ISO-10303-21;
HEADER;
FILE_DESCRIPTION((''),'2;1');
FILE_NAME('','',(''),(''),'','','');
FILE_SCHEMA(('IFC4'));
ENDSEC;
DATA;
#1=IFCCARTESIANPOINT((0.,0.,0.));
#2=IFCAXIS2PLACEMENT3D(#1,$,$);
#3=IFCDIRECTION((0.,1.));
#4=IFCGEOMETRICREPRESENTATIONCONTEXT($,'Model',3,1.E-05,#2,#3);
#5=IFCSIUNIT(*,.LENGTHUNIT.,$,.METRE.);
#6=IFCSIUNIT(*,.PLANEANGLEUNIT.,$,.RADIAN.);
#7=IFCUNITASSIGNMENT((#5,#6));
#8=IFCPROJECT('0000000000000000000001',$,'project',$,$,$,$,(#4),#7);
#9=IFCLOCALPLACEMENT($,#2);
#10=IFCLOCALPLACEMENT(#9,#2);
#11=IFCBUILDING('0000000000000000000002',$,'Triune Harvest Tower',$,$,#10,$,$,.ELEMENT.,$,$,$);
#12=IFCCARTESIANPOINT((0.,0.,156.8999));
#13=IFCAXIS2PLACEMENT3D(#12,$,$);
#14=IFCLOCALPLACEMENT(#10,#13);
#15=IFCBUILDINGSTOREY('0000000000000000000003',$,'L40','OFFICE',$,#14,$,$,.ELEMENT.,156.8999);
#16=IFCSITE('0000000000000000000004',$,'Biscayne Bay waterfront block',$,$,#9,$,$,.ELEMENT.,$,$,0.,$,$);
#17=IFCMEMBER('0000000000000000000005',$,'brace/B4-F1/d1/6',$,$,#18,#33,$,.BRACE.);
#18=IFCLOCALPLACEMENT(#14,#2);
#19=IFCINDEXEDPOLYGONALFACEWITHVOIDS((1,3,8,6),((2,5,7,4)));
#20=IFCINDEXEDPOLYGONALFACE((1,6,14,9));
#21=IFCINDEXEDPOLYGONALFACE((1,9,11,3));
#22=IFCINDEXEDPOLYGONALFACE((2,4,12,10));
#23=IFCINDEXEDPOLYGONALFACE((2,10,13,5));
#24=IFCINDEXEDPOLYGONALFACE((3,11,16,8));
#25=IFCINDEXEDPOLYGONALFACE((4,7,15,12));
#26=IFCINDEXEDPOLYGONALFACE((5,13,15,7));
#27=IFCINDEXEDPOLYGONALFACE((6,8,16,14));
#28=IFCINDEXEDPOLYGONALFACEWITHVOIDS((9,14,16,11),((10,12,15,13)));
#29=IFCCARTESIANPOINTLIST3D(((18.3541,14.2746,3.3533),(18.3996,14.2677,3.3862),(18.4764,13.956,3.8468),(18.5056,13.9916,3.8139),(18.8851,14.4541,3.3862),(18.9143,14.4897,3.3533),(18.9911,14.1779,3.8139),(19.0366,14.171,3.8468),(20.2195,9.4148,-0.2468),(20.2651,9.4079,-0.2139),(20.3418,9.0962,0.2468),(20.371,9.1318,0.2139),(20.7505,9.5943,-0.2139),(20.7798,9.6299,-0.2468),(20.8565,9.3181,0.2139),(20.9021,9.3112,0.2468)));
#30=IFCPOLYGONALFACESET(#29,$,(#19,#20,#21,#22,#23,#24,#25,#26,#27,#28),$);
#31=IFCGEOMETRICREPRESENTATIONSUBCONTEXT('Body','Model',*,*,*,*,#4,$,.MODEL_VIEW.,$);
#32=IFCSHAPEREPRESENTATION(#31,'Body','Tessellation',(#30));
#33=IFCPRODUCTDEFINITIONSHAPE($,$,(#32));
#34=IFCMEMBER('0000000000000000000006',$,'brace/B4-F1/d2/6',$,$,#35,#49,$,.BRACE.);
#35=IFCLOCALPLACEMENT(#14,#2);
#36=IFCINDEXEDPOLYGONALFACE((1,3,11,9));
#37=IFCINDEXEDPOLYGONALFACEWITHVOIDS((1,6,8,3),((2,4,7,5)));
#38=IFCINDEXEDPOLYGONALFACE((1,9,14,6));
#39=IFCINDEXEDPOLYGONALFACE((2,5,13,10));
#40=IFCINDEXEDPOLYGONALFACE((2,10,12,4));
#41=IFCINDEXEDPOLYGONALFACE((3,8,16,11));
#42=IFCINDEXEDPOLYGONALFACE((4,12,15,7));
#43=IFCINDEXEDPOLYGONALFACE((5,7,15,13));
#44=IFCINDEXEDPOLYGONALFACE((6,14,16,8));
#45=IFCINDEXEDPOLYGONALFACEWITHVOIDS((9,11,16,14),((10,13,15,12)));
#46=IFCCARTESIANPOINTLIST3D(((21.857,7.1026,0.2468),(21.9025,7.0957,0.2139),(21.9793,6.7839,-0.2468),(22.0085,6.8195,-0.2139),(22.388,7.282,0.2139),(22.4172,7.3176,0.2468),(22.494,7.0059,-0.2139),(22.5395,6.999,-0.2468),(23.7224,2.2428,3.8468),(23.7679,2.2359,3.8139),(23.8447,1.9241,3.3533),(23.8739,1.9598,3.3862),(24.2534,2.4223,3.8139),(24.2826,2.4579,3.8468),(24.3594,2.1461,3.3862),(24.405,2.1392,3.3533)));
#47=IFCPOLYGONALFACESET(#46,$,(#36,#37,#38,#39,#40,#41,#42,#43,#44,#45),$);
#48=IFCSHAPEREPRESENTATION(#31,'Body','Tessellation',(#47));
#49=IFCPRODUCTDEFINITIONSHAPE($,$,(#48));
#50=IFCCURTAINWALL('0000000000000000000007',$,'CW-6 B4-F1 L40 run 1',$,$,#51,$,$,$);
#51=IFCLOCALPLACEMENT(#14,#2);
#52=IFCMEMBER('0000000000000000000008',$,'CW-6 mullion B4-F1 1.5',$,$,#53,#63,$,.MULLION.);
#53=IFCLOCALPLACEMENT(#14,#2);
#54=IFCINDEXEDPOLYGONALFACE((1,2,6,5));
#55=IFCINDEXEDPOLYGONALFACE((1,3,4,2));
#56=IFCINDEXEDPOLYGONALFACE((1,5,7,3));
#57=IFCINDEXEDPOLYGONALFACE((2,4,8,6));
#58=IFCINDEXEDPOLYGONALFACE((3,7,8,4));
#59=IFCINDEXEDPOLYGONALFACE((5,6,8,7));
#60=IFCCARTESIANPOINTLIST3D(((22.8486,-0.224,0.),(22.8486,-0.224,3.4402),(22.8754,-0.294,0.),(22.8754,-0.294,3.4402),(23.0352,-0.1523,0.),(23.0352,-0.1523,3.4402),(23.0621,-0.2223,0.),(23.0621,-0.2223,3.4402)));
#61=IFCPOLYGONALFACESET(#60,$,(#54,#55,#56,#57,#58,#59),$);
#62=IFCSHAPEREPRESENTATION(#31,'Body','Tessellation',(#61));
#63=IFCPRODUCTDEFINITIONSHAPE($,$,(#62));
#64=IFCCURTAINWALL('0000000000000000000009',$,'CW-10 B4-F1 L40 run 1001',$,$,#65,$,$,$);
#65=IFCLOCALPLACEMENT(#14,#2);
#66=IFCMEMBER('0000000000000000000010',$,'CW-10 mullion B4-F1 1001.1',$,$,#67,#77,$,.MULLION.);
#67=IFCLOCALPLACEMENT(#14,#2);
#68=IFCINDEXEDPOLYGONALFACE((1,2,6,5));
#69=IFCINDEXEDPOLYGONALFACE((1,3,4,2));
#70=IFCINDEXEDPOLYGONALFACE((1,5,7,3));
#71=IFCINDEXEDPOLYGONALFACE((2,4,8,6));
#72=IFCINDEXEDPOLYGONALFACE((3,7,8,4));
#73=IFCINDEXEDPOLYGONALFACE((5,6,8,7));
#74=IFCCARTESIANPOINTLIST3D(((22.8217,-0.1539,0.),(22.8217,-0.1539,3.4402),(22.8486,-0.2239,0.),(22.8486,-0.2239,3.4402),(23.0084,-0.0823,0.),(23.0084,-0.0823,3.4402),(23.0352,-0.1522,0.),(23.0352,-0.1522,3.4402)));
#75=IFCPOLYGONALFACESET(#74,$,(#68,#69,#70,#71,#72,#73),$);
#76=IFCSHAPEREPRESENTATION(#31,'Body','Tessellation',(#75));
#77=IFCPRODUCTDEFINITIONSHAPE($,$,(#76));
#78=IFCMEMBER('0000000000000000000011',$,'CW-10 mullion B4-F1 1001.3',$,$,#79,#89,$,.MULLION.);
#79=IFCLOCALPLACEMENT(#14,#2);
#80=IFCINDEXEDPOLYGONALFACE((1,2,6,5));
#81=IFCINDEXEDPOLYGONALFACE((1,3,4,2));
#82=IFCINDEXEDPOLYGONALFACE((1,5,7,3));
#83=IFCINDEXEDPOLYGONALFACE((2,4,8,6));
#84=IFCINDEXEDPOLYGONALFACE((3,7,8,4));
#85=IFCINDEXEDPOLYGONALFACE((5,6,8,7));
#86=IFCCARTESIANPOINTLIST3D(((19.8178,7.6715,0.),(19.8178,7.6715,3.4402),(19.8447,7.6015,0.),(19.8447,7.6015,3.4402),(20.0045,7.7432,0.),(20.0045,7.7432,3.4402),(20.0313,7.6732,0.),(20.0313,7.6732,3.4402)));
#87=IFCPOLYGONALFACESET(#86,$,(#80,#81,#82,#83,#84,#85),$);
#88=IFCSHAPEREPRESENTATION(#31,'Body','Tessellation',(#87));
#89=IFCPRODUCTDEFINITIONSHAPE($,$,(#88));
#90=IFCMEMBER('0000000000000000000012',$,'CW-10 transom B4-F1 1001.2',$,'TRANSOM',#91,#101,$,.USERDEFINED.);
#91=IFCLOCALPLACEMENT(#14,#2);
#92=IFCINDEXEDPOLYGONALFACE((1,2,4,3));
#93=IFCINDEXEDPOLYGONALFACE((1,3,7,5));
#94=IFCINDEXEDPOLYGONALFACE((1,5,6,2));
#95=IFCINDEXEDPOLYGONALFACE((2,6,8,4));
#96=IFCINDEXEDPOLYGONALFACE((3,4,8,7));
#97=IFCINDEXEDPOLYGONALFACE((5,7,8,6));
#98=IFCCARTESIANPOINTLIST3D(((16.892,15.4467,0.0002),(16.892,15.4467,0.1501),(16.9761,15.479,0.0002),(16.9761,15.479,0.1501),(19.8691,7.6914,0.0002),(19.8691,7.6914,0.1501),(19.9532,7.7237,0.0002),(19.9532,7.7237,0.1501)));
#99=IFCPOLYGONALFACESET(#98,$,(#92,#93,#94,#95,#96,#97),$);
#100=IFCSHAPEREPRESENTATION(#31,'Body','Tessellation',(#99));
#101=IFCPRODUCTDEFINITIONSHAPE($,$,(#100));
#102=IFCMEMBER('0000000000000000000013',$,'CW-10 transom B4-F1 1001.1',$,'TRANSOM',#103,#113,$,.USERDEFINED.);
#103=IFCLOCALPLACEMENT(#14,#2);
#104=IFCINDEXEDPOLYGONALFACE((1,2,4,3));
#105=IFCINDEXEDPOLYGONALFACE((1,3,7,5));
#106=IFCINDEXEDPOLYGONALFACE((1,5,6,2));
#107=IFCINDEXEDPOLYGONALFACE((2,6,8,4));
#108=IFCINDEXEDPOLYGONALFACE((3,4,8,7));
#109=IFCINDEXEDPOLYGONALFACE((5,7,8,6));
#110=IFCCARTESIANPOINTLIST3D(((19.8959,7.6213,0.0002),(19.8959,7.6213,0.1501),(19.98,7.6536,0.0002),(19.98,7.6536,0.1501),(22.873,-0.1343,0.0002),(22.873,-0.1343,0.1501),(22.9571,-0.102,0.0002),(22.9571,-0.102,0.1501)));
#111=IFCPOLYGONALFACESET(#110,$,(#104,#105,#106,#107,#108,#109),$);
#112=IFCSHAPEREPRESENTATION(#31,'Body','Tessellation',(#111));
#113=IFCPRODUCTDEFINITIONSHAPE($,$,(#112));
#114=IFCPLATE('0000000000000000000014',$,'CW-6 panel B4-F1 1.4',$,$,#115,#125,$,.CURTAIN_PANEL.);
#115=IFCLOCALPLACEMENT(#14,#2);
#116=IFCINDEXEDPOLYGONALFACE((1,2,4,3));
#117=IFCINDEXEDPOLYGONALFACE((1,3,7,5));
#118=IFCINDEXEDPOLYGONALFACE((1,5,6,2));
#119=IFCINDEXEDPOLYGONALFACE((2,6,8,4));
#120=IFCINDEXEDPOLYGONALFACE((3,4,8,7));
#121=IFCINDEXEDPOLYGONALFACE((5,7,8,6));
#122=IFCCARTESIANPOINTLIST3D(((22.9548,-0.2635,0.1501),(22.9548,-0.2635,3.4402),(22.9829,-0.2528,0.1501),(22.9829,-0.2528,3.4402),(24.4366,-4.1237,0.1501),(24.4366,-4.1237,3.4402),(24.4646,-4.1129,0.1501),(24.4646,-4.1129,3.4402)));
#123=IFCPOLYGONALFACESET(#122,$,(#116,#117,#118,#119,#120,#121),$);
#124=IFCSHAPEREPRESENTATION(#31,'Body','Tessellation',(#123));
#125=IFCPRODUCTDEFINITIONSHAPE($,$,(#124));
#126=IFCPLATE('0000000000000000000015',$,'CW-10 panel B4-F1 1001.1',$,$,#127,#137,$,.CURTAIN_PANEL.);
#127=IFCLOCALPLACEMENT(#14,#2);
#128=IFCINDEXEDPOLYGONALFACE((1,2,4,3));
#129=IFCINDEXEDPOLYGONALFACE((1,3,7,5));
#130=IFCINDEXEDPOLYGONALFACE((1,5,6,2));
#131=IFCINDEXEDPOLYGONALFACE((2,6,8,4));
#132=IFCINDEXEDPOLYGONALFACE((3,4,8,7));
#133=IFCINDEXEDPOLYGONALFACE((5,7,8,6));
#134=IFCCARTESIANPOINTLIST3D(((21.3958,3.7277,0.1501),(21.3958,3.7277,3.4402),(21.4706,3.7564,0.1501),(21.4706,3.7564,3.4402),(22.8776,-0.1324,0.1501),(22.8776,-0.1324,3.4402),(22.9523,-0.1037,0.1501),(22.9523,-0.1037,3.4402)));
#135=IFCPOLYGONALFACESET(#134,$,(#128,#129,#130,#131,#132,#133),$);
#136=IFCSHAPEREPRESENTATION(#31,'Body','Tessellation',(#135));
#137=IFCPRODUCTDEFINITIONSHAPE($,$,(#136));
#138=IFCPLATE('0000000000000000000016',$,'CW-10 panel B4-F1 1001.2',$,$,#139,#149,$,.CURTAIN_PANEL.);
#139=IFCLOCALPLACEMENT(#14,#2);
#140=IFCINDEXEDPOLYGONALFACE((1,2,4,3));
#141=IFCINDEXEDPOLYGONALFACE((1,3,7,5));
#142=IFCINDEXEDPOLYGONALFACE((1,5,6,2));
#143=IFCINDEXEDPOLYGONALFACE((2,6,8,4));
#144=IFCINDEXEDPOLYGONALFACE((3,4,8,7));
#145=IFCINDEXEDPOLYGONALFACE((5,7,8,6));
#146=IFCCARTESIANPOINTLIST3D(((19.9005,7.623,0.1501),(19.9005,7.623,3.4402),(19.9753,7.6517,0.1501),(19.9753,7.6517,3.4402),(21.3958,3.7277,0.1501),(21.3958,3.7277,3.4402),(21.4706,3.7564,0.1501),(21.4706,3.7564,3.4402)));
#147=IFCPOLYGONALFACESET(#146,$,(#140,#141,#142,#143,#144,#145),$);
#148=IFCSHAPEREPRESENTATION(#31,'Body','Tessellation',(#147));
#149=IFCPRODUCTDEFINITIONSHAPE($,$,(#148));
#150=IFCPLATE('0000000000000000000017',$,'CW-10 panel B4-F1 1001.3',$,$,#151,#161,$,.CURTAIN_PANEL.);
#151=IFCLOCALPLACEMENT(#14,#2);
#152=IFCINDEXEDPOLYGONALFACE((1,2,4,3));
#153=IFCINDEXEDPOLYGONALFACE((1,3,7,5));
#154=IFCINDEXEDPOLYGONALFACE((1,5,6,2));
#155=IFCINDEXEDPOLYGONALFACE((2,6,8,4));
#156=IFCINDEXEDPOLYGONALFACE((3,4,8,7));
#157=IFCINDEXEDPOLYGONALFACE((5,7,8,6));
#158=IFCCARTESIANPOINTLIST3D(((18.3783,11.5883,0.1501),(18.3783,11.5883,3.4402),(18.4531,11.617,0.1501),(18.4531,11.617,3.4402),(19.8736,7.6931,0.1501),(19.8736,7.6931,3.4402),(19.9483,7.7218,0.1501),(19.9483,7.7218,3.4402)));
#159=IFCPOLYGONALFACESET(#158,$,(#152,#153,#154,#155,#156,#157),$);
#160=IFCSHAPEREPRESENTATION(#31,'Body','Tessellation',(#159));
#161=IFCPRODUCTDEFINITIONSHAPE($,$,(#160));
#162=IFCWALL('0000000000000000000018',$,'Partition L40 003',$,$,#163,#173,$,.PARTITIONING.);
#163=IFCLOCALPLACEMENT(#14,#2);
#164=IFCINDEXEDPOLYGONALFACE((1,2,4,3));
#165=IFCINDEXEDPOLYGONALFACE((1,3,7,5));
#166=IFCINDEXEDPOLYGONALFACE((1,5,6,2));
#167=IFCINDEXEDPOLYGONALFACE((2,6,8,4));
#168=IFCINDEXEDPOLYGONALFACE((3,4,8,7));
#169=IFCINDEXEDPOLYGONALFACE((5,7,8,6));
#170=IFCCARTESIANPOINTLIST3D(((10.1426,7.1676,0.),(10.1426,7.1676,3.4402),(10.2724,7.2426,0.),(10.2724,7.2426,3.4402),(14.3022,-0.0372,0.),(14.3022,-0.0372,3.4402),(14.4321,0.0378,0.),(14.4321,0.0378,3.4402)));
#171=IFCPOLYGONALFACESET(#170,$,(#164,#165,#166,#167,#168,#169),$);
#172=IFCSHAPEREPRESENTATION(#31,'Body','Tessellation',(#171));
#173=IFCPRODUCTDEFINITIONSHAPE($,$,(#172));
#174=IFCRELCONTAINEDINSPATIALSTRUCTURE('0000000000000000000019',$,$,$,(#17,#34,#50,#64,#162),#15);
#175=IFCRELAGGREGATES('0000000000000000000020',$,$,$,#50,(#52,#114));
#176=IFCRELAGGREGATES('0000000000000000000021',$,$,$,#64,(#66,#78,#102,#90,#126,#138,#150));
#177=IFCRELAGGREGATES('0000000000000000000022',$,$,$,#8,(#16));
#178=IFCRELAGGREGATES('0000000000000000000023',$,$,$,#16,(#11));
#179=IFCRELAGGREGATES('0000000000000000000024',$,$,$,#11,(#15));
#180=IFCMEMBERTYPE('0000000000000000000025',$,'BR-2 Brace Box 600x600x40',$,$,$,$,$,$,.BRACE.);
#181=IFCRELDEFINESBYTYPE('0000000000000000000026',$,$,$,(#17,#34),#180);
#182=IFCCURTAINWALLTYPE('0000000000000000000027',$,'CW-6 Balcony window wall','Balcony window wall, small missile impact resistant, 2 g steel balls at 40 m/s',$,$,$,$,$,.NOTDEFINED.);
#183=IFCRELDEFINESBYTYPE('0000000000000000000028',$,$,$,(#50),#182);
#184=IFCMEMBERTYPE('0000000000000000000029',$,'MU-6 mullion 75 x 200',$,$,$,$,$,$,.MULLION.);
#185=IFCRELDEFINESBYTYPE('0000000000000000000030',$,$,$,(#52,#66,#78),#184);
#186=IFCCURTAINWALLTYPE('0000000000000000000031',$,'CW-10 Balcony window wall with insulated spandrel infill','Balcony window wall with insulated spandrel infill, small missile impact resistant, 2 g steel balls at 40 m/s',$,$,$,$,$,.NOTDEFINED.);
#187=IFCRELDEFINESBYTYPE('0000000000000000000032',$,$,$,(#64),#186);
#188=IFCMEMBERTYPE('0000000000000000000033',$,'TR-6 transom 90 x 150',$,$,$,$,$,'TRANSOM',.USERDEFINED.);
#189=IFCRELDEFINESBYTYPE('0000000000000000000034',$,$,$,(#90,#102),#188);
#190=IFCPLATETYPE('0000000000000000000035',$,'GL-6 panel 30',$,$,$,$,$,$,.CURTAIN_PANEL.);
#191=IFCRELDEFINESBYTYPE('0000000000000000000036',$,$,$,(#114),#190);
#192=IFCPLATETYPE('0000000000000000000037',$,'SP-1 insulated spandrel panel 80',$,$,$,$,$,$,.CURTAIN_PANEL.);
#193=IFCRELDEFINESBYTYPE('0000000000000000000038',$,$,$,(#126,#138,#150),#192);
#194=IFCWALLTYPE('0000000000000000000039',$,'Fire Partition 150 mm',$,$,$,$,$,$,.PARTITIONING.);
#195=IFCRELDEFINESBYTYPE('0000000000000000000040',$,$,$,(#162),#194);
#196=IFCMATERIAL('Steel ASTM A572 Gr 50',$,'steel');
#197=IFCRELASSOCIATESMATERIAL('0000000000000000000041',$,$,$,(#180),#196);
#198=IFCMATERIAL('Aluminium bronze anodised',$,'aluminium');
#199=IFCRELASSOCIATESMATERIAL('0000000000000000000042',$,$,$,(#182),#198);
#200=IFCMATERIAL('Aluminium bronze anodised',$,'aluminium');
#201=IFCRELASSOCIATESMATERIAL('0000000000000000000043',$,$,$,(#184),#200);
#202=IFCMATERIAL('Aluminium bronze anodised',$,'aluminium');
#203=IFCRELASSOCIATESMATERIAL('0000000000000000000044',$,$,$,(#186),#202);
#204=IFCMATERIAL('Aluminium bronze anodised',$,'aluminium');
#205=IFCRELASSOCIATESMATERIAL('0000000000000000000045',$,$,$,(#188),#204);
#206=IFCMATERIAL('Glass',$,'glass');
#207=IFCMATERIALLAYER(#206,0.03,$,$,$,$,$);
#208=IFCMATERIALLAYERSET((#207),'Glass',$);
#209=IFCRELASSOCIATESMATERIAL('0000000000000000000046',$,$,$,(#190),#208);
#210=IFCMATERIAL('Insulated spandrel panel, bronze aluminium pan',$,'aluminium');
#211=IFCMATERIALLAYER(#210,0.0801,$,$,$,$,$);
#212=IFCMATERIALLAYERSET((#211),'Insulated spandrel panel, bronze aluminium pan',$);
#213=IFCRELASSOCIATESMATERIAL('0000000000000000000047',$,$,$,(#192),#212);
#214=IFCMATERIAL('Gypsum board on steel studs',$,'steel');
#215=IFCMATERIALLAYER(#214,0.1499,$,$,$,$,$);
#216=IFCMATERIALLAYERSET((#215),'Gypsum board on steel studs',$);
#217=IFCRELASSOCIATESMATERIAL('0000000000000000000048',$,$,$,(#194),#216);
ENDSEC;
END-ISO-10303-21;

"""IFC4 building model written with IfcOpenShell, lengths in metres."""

from ifc_helpers import new_model, si_unit, direction, frame, frame_2d, origin, origin_2d, place, context, subcontext, project, spatial, rectangle, hollow_rectangle, extrude, source, transform, mapped, material, layer, layer_set, material_profile, profile_set, type_object, element, aggregate, save


model = new_model("IFC4")

# Units and contexts
model_context = context("Model", 3, precision=1e-05, world=origin(), true_north=direction((0.0, 1.0)))
body_context = subcontext(model_context, "Body", "Model", "MODEL_VIEW")
ifc_project = project(units=[si_unit("LENGTHUNIT", "METRE"), si_unit("PLANEANGLEUNIT", "RADIAN")], contexts=[model_context])

# Site, building, storey
site_placement = place(None, origin())
site = spatial("IfcSite", under=ifc_project, at=site_placement, Name="Biscayne Bay waterfront block", CompositionType="ELEMENT", RefElevation=0.0)
building_placement = place(site_placement, origin())
building = spatial("IfcBuilding", under=site, at=building_placement, Name="Triune Harvest Tower", CompositionType="ELEMENT")
storey_placement = place(building_placement, frame((0.0, 0.0, 156.8999)))
storey = spatial("IfcBuildingStorey", under=building, at=storey_placement, Name="L40", Description="OFFICE", CompositionType="ELEMENT", Elevation=156.8999)

# Members
ifc_material_1 = material(Name="Steel ASTM A572 Gr 50", Category="steel")
ifc_material_profile_1 = material_profile(ifc_material_1, hollow_rectangle(XDim=0.6001, YDim=0.6001, WallThickness=0.04, at=origin_2d()), Name="Box 600x600x40")
ifc_profile_set_1 = profile_set([ifc_material_profile_1], Name="Steel ASTM A572 Gr 50")
member_type_1 = type_object("IfcMemberType", Name="BR-2 Brace Box 600x600x40", PredefinedType="BRACE", material=ifc_profile_set_1)
shared_shape_1 = source(origin(), body_context, "Body", "SweptSolid", [
    extrude(hollow_rectangle(XDim=0.6001, YDim=0.6001, WallThickness=0.04, at=origin_2d()), origin(), (0.0, 0.0, 1.0), 6.3291),
])
for number, where, z_axis, x_axis, name in (
    (1, (20.5608, 9.363, 0.0), (-0.294741, 0.767846, 0.568806), (-0.933584, -0.35836, 0.0), "brace/B4-F1/d1/6"),
    (2, (22.1982, 7.0508, 0.0), (0.294741, -0.767846, 0.568806), (0.933584, 0.35836, 0.0), "brace/B4-F1/d2/6"),
):
    element("IfcMember", number, at=place(storey_placement, frame(where, z_axis=z_axis, x_axis=x_axis)), inside=storey, type_object=member_type_1, Name=name, PredefinedType="BRACE", context=body_context, shape_type="MappedRepresentation", body=[
        mapped(shared_shape_1, transform((0.0, 0.0, 0.0), scale=1.0)),
    ])

# Curtain wall, member
ifc_material_2 = material(Name="Aluminium bronze anodised", Category="aluminium")
curtain_wall_type_1 = type_object("IfcCurtainWallType", Name="CW-6 Balcony window wall", Description="Balcony window wall, small missile impact resistant, 2 g steel balls at 40 m/s", PredefinedType="NOTDEFINED", material=ifc_material_2)
curtain_wall_1_placement = place(storey_placement, origin())
curtain_wall_1 = element("IfcCurtainWall", 3, at=curtain_wall_1_placement, inside=storey, type_object=curtain_wall_type_1, Name="CW-6 B4-F1 L40 run 1")
ifc_material_3 = material(Name="Aluminium bronze anodised", Category="aluminium")
ifc_material_profile_2 = material_profile(ifc_material_3, rectangle(XDim=0.2, YDim=0.075, at=origin_2d()), Name="MU-6 mullion 75 x 200")
ifc_profile_set_2 = profile_set([ifc_material_profile_2], Name="Aluminium bronze anodised")
member_type_2 = type_object("IfcMemberType", Name="MU-6 mullion 75 x 200", PredefinedType="MULLION", material=ifc_profile_set_2)
shared_shape_2 = source(origin(), body_context, "Body", "SweptSolid", [
    extrude(rectangle(XDim=0.2, YDim=0.075, at=origin_2d()), origin(), (0.0, 0.0, 1.0), 3.4402),
])
member_1_placement = place(storey_placement, frame((22.9553, -0.2231, 0.0), z_axis=(0.0, 0.0, 1.0), x_axis=(-0.933581, -0.358367, 0.0)))
member_1 = element("IfcMember", 4, at=member_1_placement, type_object=member_type_2, Name="CW-6 mullion B4-F1 1.5", PredefinedType="MULLION", context=body_context, shape_type="MappedRepresentation", body=[
    mapped(shared_shape_2, transform((0.0, 0.0, 0.0), scale=1.0)),
])

# Curtain wall, members
ifc_material_4 = material(Name="Aluminium bronze anodised", Category="aluminium")
curtain_wall_type_2 = type_object("IfcCurtainWallType", Name="CW-10 Balcony window wall with insulated spandrel infill", Description="Balcony window wall with insulated spandrel infill, small missile impact resistant, 2 g steel balls at 40 m/s", PredefinedType="NOTDEFINED", material=ifc_material_4)
curtain_wall_2_placement = place(storey_placement, origin())
curtain_wall_2 = element("IfcCurtainWall", 5, at=curtain_wall_2_placement, inside=storey, type_object=curtain_wall_type_2, Name="CW-10 B4-F1 L40 run 1001")
member_2_placement = place(storey_placement, frame((22.9285, -0.1531, 0.0), z_axis=(0.0, 0.0, 1.0), x_axis=(-0.933579, -0.358371, 0.0)))
member_2 = element("IfcMember", 6, at=member_2_placement, type_object=member_type_2, Name="CW-10 mullion B4-F1 1001.1", PredefinedType="MULLION", context=body_context, shape_type="MappedRepresentation", body=[
    mapped(shared_shape_2, transform((0.0, 0.0, 0.0), scale=1.0)),
])
member_3_placement = place(storey_placement, frame((19.9246, 7.6724, 0.0), z_axis=(0.0, 0.0, 1.0), x_axis=(-0.933579, -0.358371, 0.0)))
member_3 = element("IfcMember", 7, at=member_3_placement, type_object=member_type_2, Name="CW-10 mullion B4-F1 1001.3", PredefinedType="MULLION", context=body_context, shape_type="MappedRepresentation", body=[
    mapped(shared_shape_2, transform((0.0, 0.0, 0.0), scale=1.0)),
])
ifc_material_5 = material(Name="Aluminium bronze anodised", Category="aluminium")
ifc_material_profile_3 = material_profile(ifc_material_5, rectangle(XDim=0.0901, YDim=0.1499, at=origin_2d()), Name="TR-6 transom 90 x 150")
ifc_profile_set_3 = profile_set([ifc_material_profile_3], Name="Aluminium bronze anodised")
member_type_3 = type_object("IfcMemberType", Name="TR-6 transom 90 x 150", ElementType="TRANSOM", PredefinedType="USERDEFINED", material=ifc_profile_set_3)
shared_shape_3 = source(origin(), body_context, "Body", "SweptSolid", [
    extrude(rectangle(XDim=0.0901, YDim=0.1499, at=origin_2d()), origin(), (0.0, 0.0, 1.0), 8.3071),
])
member_4_placement = place(storey_placement, frame((19.9111, 7.7075, 0.0752), z_axis=(-0.358372, 0.933579, 0.0), x_axis=(-0.933579, -0.358372, 0.0)))
member_4 = element("IfcMember", 8, at=member_4_placement, type_object=member_type_3, Name="CW-10 transom B4-F1 1001.2", ObjectType="TRANSOM", PredefinedType="USERDEFINED", context=body_context, shape_type="MappedRepresentation", body=[
    mapped(shared_shape_3, transform((0.0, 0.0, 0.0), scale=1.0)),
])
shared_shape_4 = source(origin(), body_context, "Body", "SweptSolid", [
    extrude(rectangle(XDim=0.0901, YDim=0.1499, at=origin_2d()), origin(), (0.0, 0.0, 1.0), 8.3074),
])
member_5_placement = place(storey_placement, frame((22.915, -0.1182, 0.0752), z_axis=(-0.358363, 0.933582, 0.0), x_axis=(-0.933582, -0.358363, 0.0)))
member_5 = element("IfcMember", 9, at=member_5_placement, type_object=member_type_3, Name="CW-10 transom B4-F1 1001.1", ObjectType="TRANSOM", PredefinedType="USERDEFINED", context=body_context, shape_type="MappedRepresentation", body=[
    mapped(shared_shape_4, transform((0.0, 0.0, 0.0), scale=1.0)),
])

# Plates
ifc_material_6 = material(Name="Glass", Category="glass")
ifc_layer_1 = layer(ifc_material_6, 0.03)
ifc_layer_set_1 = layer_set([ifc_layer_1], Name="Glass")
plate_type_1 = type_object("IfcPlateType", Name="GL-6 panel 30", PredefinedType="CURTAIN_PANEL", material=ifc_layer_set_1)
shared_shape_5 = source(origin(), body_context, "Body", "SweptSolid", [
    extrude(rectangle(XDim=4.1348, YDim=0.03, at=origin_2d()), origin(), (0.0, 0.0, 1.0), 3.29),
])
plate_1_placement = place(storey_placement, frame((23.7097, -2.1882, 0.1501), z_axis=(0.0, 0.0, 1.0), x_axis=(-0.358367, 0.933581, 0.0)))
plate_1 = element("IfcPlate", 10, at=plate_1_placement, type_object=plate_type_1, Name="CW-6 panel B4-F1 1.4", PredefinedType="CURTAIN_PANEL", context=body_context, shape_type="MappedRepresentation", body=[
    mapped(shared_shape_5, transform((0.0, 0.0, 0.0), scale=1.0)),
])
aggregate(curtain_wall_1, [member_1, plate_1])
ifc_material_7 = material(Name="Insulated spandrel panel, bronze aluminium pan", Category="aluminium")
ifc_layer_2 = layer(ifc_material_7, 0.0801)
ifc_layer_set_2 = layer_set([ifc_layer_2], Name="Insulated spandrel panel, bronze aluminium pan")
plate_type_2 = type_object("IfcPlateType", Name="SP-1 insulated spandrel panel 80", PredefinedType="CURTAIN_PANEL", material=ifc_layer_set_2)
shared_shape_6 = source(origin(), body_context, "Body", "SweptSolid", [
    extrude(rectangle(XDim=4.1348, YDim=0.0801, at=origin_2d()), origin(), (0.0, 0.0, 1.0), 3.29),
])
plate_2_placement = place(storey_placement, frame((22.1741, 1.812, 0.1501), z_axis=(0.0, 0.0, 1.0), x_axis=(-0.358371, 0.933579, 0.0)))
plate_2 = element("IfcPlate", 11, at=plate_2_placement, type_object=plate_type_2, Name="CW-10 panel B4-F1 1001.1", PredefinedType="CURTAIN_PANEL", context=body_context, shape_type="MappedRepresentation", body=[
    mapped(shared_shape_6, transform((0.0, 0.0, 0.0), scale=1.0)),
])
shared_shape_7 = source(origin(), body_context, "Body", "SweptSolid", [
    extrude(rectangle(XDim=4.1724, YDim=0.0801, at=origin_2d()), origin(), (0.0, 0.0, 1.0), 3.29),
])
plate_3_placement = place(storey_placement, frame((20.6855, 5.6897, 0.1501), z_axis=(0.0, 0.0, 1.0), x_axis=(-0.358371, 0.933579, 0.0)))
plate_3 = element("IfcPlate", 12, at=plate_3_placement, type_object=plate_type_2, Name="CW-10 panel B4-F1 1001.2", PredefinedType="CURTAIN_PANEL", context=body_context, shape_type="MappedRepresentation", body=[
    mapped(shared_shape_7, transform((0.0, 0.0, 0.0), scale=1.0)),
])
plate_4_placement = place(storey_placement, frame((19.1633, 9.655, 0.1501), z_axis=(0.0, 0.0, 1.0), x_axis=(-0.358371, 0.933579, 0.0)))
plate_4 = element("IfcPlate", 13, at=plate_4_placement, type_object=plate_type_2, Name="CW-10 panel B4-F1 1001.3", PredefinedType="CURTAIN_PANEL", context=body_context, shape_type="MappedRepresentation", body=[
    mapped(shared_shape_7, transform((0.0, 0.0, 0.0), scale=1.0)),
])
aggregate(curtain_wall_2, [member_2, member_3, member_5, member_4, plate_2, plate_3, plate_4])

# Wall
ifc_material_8 = material(Name="Gypsum board on steel studs", Category="steel")
ifc_layer_3 = layer(ifc_material_8, 0.1499)
ifc_layer_set_3 = layer_set([ifc_layer_3], Name="Gypsum board on steel studs")
wall_type_1 = type_object("IfcWallType", Name="Fire Partition 150 mm", PredefinedType="PARTITIONING", material=ifc_layer_set_3)
wall_1_placement = place(storey_placement, frame((10.2075, 7.2051, 0.0), z_axis=(0.0, 0.0, 1.0), x_axis=(0.499996, -0.866028, 0.0)))
element("IfcWall", 14, at=wall_1_placement, inside=storey, type_object=wall_type_1, Name="Partition L40 003", PredefinedType="PARTITIONING", context=body_context, shape_type="SweptSolid", body=[
    extrude(rectangle(XDim=8.3193, YDim=0.1499, at=frame_2d((4.1597, 0.0))), origin(), (0.0, 0.0, 1.0), 3.4402),
])

save(model, "model.ifc")
